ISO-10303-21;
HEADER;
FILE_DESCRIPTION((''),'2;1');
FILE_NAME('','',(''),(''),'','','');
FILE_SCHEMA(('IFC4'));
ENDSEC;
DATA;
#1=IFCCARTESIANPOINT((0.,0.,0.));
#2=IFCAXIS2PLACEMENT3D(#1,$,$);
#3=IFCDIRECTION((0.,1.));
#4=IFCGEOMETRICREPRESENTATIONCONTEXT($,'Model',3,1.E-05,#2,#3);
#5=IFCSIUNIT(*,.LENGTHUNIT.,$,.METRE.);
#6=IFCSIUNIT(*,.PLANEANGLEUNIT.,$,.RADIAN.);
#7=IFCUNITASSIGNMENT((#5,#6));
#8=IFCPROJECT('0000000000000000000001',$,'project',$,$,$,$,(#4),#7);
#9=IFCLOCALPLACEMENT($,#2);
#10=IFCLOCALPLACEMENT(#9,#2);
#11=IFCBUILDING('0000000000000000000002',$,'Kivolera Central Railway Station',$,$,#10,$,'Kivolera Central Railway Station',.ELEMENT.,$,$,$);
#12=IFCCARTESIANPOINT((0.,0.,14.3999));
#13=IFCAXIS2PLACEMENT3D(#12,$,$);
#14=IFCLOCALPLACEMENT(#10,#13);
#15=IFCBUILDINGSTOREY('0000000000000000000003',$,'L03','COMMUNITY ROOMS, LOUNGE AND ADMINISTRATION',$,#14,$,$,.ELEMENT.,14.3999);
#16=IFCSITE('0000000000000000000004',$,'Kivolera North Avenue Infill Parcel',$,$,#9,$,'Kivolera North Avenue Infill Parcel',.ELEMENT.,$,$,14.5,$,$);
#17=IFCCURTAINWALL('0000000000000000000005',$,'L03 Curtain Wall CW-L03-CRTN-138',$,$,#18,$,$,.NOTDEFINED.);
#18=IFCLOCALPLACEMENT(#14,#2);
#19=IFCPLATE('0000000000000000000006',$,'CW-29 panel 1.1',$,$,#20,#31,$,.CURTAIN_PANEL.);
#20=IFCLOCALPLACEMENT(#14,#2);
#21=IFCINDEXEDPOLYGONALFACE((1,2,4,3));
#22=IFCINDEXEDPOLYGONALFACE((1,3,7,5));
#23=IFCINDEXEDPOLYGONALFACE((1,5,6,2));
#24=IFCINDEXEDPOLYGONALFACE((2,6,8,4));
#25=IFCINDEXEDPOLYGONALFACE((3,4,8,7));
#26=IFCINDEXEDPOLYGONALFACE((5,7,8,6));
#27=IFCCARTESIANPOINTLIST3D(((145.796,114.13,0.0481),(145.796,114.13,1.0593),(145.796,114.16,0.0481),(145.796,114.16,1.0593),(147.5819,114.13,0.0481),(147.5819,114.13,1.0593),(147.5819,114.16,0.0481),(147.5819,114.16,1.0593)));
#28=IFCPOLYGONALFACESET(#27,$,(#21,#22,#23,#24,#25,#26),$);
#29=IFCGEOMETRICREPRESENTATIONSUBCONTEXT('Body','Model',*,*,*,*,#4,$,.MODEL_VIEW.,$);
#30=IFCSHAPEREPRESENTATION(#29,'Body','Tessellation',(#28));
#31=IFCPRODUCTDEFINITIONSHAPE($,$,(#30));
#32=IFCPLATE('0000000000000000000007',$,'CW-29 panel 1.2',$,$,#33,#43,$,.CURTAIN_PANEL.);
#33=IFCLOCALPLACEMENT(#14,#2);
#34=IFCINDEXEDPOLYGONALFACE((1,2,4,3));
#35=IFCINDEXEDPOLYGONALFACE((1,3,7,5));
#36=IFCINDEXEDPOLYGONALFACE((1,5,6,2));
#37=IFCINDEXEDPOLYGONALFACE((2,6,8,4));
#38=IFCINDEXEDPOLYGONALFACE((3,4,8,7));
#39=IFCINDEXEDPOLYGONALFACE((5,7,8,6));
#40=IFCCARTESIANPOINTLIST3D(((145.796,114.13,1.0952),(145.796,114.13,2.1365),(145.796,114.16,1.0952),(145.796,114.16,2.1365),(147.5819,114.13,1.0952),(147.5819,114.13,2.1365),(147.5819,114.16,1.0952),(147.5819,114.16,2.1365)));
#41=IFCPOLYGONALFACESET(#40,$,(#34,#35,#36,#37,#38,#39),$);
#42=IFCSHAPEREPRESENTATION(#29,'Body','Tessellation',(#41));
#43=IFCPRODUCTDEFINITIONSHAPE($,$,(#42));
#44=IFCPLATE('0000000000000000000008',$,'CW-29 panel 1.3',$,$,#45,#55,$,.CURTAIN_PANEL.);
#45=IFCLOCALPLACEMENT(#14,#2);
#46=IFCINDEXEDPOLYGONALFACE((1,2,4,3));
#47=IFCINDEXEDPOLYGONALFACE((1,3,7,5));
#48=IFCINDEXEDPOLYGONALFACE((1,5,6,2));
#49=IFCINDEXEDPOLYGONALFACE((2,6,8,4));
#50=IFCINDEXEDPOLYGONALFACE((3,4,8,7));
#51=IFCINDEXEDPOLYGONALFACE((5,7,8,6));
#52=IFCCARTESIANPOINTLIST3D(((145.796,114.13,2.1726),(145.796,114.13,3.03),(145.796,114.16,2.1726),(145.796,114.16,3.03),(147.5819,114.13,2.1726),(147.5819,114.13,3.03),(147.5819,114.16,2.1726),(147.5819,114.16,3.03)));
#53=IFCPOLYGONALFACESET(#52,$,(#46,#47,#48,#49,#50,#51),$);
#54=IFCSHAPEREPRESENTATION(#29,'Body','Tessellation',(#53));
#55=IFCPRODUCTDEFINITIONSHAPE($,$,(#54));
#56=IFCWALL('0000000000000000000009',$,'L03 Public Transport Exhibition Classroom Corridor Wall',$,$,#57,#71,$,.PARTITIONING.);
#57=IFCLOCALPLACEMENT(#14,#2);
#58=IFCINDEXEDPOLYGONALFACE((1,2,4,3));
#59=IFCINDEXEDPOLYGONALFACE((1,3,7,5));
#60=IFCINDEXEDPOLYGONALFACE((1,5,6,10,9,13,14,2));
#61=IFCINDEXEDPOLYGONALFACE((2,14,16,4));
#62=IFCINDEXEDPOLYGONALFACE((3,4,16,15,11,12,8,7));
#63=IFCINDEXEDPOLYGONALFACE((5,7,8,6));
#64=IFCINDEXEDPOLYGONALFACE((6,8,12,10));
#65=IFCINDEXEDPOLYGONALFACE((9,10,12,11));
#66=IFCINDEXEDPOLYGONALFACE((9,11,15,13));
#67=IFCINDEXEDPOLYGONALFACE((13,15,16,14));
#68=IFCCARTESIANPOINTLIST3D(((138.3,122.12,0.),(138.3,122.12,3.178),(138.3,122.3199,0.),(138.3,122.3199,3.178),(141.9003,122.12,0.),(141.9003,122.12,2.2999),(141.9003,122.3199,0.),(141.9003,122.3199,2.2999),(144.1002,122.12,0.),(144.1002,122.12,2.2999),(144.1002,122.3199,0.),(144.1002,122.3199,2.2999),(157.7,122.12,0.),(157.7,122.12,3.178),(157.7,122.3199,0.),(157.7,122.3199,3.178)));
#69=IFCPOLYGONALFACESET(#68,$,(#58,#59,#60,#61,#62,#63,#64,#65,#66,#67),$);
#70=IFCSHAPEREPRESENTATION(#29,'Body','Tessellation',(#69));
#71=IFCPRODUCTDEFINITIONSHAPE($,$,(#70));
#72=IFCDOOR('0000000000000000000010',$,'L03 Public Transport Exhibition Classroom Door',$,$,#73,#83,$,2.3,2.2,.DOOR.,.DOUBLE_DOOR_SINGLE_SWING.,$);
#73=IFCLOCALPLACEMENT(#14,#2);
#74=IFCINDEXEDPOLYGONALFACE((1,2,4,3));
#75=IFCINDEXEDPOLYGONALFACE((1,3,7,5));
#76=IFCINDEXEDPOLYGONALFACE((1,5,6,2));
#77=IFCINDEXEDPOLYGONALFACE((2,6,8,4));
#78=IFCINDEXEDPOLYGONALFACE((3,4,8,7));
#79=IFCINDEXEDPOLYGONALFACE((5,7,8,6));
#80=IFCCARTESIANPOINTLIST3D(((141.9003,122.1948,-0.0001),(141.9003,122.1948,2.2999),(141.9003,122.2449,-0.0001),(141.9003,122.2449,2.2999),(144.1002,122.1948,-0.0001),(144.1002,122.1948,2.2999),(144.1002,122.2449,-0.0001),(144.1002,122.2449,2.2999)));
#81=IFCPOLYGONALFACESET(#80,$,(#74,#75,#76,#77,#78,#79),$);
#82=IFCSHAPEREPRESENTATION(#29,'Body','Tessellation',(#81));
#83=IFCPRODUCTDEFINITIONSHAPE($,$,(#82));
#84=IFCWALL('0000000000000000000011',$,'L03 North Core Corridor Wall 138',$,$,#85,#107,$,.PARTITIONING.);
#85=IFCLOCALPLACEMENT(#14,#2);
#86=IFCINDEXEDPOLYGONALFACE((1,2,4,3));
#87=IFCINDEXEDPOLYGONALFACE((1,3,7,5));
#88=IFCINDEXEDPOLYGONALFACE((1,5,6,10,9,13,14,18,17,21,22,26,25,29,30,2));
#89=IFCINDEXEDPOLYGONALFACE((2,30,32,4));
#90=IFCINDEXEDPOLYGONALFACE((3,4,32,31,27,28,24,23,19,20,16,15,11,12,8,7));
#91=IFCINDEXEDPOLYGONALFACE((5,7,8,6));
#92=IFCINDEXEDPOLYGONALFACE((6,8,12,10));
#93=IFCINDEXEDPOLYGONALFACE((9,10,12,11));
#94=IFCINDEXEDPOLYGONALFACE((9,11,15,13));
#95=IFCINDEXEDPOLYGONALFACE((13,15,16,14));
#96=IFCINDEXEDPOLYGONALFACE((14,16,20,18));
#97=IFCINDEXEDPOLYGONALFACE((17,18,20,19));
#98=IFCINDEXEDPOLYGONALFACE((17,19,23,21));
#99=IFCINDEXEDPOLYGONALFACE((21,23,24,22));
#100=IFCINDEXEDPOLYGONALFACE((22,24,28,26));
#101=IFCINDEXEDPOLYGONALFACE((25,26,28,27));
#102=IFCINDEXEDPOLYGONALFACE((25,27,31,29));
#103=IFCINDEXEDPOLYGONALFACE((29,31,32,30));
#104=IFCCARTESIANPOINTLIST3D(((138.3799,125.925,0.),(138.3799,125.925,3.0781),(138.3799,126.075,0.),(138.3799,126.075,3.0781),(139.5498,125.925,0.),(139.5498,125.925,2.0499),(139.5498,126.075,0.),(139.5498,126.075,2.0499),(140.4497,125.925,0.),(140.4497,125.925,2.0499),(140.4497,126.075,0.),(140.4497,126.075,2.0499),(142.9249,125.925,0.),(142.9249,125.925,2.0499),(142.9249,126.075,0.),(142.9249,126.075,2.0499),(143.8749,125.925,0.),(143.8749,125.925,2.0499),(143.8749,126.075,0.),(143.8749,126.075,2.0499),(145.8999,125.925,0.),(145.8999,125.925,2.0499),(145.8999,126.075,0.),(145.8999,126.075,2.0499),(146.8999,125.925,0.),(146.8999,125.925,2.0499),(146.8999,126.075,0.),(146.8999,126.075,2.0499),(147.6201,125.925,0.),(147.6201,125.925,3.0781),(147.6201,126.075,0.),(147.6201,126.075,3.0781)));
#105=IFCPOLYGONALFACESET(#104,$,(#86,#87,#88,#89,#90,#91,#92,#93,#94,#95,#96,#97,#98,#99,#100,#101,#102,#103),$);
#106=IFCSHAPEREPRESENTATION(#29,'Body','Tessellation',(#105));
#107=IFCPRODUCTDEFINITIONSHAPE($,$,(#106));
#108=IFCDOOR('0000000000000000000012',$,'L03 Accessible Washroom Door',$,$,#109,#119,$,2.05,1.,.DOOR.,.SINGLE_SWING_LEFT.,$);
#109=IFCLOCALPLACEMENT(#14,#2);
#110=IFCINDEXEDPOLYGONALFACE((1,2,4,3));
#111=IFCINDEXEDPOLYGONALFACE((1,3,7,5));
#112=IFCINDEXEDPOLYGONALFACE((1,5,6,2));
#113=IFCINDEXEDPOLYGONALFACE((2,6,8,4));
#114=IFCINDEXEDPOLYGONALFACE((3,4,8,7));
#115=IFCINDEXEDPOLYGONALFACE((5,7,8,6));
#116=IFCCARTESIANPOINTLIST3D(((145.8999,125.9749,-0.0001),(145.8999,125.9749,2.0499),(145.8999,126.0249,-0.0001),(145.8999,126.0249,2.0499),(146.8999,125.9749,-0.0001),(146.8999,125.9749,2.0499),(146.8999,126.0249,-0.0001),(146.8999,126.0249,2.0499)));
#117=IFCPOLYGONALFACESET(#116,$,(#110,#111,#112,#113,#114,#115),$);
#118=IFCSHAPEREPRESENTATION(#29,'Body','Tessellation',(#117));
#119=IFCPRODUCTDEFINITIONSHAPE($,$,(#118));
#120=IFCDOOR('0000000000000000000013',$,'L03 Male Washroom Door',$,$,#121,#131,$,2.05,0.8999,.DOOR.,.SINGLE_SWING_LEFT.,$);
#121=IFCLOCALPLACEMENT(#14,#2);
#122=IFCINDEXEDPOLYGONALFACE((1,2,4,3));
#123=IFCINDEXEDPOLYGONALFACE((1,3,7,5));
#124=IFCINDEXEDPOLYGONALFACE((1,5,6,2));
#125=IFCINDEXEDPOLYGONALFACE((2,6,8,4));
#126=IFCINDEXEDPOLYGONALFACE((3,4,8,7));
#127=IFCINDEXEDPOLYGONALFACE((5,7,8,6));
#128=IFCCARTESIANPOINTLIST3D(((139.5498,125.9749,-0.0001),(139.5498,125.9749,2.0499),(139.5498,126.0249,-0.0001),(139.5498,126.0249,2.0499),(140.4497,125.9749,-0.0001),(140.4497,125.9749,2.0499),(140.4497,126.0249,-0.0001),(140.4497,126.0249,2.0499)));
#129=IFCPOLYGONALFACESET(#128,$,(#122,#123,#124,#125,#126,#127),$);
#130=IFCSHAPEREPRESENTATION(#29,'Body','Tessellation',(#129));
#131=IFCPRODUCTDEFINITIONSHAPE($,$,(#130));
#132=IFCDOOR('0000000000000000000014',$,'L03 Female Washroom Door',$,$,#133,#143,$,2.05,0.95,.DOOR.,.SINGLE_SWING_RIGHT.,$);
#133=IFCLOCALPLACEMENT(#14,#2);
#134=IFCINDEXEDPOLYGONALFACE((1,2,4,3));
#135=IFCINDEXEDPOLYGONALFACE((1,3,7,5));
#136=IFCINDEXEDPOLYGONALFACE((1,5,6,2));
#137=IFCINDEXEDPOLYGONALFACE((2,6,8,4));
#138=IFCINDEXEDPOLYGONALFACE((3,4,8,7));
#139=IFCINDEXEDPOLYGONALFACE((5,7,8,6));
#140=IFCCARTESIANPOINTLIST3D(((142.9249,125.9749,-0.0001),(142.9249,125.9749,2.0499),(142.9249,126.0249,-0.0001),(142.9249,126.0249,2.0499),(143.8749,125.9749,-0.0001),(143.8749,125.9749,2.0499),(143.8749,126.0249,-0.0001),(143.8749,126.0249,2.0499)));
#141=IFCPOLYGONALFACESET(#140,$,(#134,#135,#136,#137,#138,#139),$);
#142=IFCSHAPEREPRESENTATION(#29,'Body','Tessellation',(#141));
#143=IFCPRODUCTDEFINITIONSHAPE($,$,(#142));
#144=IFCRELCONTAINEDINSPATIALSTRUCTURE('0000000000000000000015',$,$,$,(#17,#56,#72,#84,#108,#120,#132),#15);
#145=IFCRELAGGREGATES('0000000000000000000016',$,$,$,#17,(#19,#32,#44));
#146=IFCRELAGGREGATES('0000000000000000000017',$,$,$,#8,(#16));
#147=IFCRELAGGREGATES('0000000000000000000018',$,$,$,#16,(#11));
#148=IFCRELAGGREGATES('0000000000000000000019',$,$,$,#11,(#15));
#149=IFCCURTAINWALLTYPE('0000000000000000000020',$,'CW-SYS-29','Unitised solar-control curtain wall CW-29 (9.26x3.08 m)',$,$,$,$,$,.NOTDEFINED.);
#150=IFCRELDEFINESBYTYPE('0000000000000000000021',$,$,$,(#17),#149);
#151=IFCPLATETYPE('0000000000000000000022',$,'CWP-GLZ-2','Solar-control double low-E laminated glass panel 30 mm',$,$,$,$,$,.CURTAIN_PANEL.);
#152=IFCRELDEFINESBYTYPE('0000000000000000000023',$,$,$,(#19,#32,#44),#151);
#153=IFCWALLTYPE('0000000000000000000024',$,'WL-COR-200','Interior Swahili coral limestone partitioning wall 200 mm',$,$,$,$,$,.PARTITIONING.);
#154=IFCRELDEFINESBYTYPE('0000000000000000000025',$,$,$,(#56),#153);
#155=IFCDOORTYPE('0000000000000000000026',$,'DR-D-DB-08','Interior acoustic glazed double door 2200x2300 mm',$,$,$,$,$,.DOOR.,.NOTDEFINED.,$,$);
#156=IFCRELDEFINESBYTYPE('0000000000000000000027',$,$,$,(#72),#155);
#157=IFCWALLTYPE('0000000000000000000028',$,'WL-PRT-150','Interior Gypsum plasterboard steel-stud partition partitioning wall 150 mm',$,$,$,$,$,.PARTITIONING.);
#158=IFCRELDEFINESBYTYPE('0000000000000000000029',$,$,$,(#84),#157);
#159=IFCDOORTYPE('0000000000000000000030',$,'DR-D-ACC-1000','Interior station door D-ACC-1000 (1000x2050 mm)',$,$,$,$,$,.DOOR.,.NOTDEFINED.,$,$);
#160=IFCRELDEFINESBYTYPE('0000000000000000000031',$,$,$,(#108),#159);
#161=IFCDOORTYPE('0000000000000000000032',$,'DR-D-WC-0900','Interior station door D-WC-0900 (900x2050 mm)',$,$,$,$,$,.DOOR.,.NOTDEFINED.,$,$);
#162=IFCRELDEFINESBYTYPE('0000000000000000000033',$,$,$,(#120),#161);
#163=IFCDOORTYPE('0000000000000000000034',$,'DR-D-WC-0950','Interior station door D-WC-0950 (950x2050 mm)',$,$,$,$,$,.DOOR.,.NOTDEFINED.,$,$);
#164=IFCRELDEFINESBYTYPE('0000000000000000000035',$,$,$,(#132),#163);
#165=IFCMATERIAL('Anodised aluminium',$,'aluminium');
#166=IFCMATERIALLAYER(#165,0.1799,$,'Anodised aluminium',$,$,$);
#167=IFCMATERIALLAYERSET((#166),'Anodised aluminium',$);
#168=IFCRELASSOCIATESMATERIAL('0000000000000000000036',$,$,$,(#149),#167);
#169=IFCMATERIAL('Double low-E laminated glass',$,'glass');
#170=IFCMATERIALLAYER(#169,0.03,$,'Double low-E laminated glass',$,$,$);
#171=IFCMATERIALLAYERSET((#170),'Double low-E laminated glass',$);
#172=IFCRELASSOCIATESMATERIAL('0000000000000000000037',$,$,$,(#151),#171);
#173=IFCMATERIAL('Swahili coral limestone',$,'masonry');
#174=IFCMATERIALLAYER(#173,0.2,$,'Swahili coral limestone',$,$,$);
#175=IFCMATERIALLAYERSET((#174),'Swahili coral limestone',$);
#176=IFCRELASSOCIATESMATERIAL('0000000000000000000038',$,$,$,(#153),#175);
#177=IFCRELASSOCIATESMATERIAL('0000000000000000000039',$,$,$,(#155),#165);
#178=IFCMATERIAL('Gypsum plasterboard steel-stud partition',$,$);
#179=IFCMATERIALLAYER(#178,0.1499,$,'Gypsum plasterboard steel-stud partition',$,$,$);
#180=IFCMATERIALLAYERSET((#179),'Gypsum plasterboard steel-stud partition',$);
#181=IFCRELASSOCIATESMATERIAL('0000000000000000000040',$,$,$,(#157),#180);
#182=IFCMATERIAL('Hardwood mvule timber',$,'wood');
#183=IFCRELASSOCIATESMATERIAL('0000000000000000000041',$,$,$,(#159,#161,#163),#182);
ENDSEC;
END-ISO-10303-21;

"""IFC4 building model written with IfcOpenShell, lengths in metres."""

from ifc_helpers import new_model, si_unit, direction, frame, frame_2d, origin, origin_2d, place, context, subcontext, project, spatial, rectangle, extrude, material, layer, layer_set, type_object, element, fill, aggregate, save


model = new_model("IFC4")

# Units and contexts
model_context = context("Model", 3, precision=1e-05, world=origin(), true_north=direction((0.0, 1.0)))
body_context = subcontext(model_context, "Body", "Model", "MODEL_VIEW")
ifc_project = project(units=[si_unit("LENGTHUNIT", "METRE"), si_unit("PLANEANGLEUNIT", "RADIAN")], contexts=[model_context])

# Site, building, storey
site_placement = place(None, origin())
site = spatial("IfcSite", under=ifc_project, at=site_placement, Name="Kivolera North Avenue Infill Parcel", LongName="Kivolera North Avenue Infill Parcel", CompositionType="ELEMENT", RefElevation=14.5)
building_placement = place(site_placement, origin())
building = spatial("IfcBuilding", under=site, at=building_placement, Name="Kivolera Central Railway Station", LongName="Kivolera Central Railway Station", CompositionType="ELEMENT")
storey_placement = place(building_placement, frame((0.0, 0.0, 14.3999)))
storey = spatial("IfcBuildingStorey", under=building, at=storey_placement, Name="L03", Description="COMMUNITY ROOMS, LOUNGE AND ADMINISTRATION", CompositionType="ELEMENT", Elevation=14.3999)

# Curtain wall
ifc_material_1 = material(Name="Anodised aluminium", Category="aluminium")
ifc_layer_1 = layer(ifc_material_1, 0.1799, Name="Anodised aluminium")
ifc_layer_set_1 = layer_set([ifc_layer_1], Name="Anodised aluminium")
curtain_wall_type = type_object("IfcCurtainWallType", Name="CW-SYS-29", Description="Unitised solar-control curtain wall CW-29 (9.26x3.08 m)", PredefinedType="NOTDEFINED", material=ifc_layer_set_1)
curtain_wall_1_placement = place(storey_placement, origin())
curtain_wall_1 = element("IfcCurtainWall", 1, at=curtain_wall_1_placement, inside=storey, type_object=curtain_wall_type, Name="L03 Curtain Wall CW-L03-CRTN-138", PredefinedType="NOTDEFINED")

# Plates
ifc_material_2 = material(Name="Double low-E laminated glass", Category="glass")
ifc_layer_2 = layer(ifc_material_2, 0.03, Name="Double low-E laminated glass")
ifc_layer_set_2 = layer_set([ifc_layer_2], Name="Double low-E laminated glass")
plate_type = type_object("IfcPlateType", Name="CWP-GLZ-2", Description="Solar-control double low-E laminated glass panel 30 mm", PredefinedType="CURTAIN_PANEL", material=ifc_layer_set_2)
plate_1_placement = place(storey_placement, frame((146.689, 114.145, 0.0481), z_axis=(0.0, 0.0, 1.0), x_axis=(-1.0, 0.0, 0.0)))
plate_1 = element("IfcPlate", 2, at=plate_1_placement, type_object=plate_type, Name="CW-29 panel 1.1", PredefinedType="CURTAIN_PANEL", context=body_context, shape_type="SweptSolid", body=[
    extrude(rectangle(XDim=1.7859, YDim=0.03, at=origin_2d()), origin(), (0.0, 0.0, 1.0), 1.0112),
])
plate_2_placement = place(storey_placement, frame((146.689, 114.145, 1.0952), z_axis=(0.0, 0.0, 1.0), x_axis=(-1.0, 0.0, 0.0)))
plate_2 = element("IfcPlate", 3, at=plate_2_placement, type_object=plate_type, Name="CW-29 panel 1.2", PredefinedType="CURTAIN_PANEL", context=body_context, shape_type="SweptSolid", body=[
    extrude(rectangle(XDim=1.7859, YDim=0.03, at=origin_2d()), origin(), (0.0, 0.0, 1.0), 1.0413),
])
plate_3_placement = place(storey_placement, frame((146.689, 114.145, 2.1726), z_axis=(0.0, 0.0, 1.0), x_axis=(-1.0, 0.0, 0.0)))
plate_3 = element("IfcPlate", 4, at=plate_3_placement, type_object=plate_type, Name="CW-29 panel 1.3", PredefinedType="CURTAIN_PANEL", context=body_context, shape_type="SweptSolid", body=[
    extrude(rectangle(XDim=1.7859, YDim=0.03, at=origin_2d()), origin(), (0.0, 0.0, 1.0), 0.8574),
])
aggregate(curtain_wall_1, [plate_1, plate_2, plate_3])

# Wall, opening, door
ifc_material_3 = material(Name="Swahili coral limestone", Category="masonry")
ifc_layer_3 = layer(ifc_material_3, 0.2, Name="Swahili coral limestone")
ifc_layer_set_3 = layer_set([ifc_layer_3], Name="Swahili coral limestone")
wall_type_1 = type_object("IfcWallType", Name="WL-COR-200", Description="Interior Swahili coral limestone partitioning wall 200 mm", PredefinedType="PARTITIONING", material=ifc_layer_set_3)
wall_1_placement = place(storey_placement, frame((138.3, 122.22, 0.0), z_axis=(0.0, 0.0, 1.0), x_axis=(1.0, 0.0, 0.0)))
wall_1 = element("IfcWall", 5, at=wall_1_placement, inside=storey, type_object=wall_type_1, Name="L03 Public Transport Exhibition Classroom Corridor Wall", PredefinedType="PARTITIONING", context=body_context, shape_type="SweptSolid", body=[
    extrude(rectangle(XDim=19.3999, YDim=0.2, at=frame_2d((9.7, 0.0))), origin(), (0.0, 0.0, 1.0), 3.178),
])
opening_1_placement = place(wall_1_placement, frame((3.6001, 0.0, 0.0)))
opening_1 = element("IfcOpeningElement", 6, at=opening_1_placement, cuts=wall_1, PredefinedType="OPENING", context=body_context, shape_type="SweptSolid", body=[
    extrude(rectangle(XDim=2.2, YDim=2.3, at=frame_2d((1.1001, 1.1499))), frame((0.0, 0.1099, 0.0), z_axis=(0.0, -1.0, 0.0), x_axis=(1.0, 0.0, 0.0)), (0.0, 0.0, 1.0), 0.22),
])
door_type_1 = type_object("IfcDoorType", Name="DR-D-DB-08", Description="Interior acoustic glazed double door 2200x2300 mm", OperationType="NOTDEFINED", PredefinedType="DOOR", material=ifc_material_1)
door_1_placement = place(opening_1_placement, origin())
door_1 = element("IfcDoor", 7, at=door_1_placement, inside=storey, type_object=door_type_1, Name="L03 Public Transport Exhibition Classroom Door", OperationType="DOUBLE_DOOR_SINGLE_SWING", OverallHeight=2.3, OverallWidth=2.2, PredefinedType="DOOR", context=body_context, shape_type="SweptSolid", body=[
    extrude(rectangle(XDim=2.2, YDim=2.3, at=frame_2d((1.1001, 1.1499))), frame((0.0, 0.0249, 0.0), z_axis=(0.0, -1.0, 0.0), x_axis=(1.0, 0.0, 0.0)), (0.0, 0.0, 1.0), 0.05),
])
fill(opening_1, door_1)

# Wall, openings, doors
ifc_material_4 = material(Name="Gypsum plasterboard steel-stud partition")
ifc_layer_4 = layer(ifc_material_4, 0.1499, Name="Gypsum plasterboard steel-stud partition")
ifc_layer_set_4 = layer_set([ifc_layer_4], Name="Gypsum plasterboard steel-stud partition")
wall_type_2 = type_object("IfcWallType", Name="WL-PRT-150", Description="Interior Gypsum plasterboard steel-stud partition partitioning wall 150 mm", PredefinedType="PARTITIONING", material=ifc_layer_set_4)
wall_2_placement = place(storey_placement, frame((138.3799, 126.0, 0.0), z_axis=(0.0, 0.0, 1.0), x_axis=(1.0, 0.0, 0.0)))
wall_2 = element("IfcWall", 8, at=wall_2_placement, inside=storey, type_object=wall_type_2, Name="L03 North Core Corridor Wall 138", PredefinedType="PARTITIONING", context=body_context, shape_type="SweptSolid", body=[
    extrude(rectangle(XDim=9.2402, YDim=0.1499, at=frame_2d((4.6201, 0.0))), origin(), (0.0, 0.0, 1.0), 3.0781),
])
opening_2_placement = place(wall_2_placement, frame((1.1699, 0.0, 0.0)))
opening_2 = element("IfcOpeningElement", 9, at=opening_2_placement, cuts=wall_2, PredefinedType="OPENING", context=body_context, shape_type="SweptSolid", body=[
    extrude(rectangle(XDim=0.8999, YDim=2.05, at=frame_2d((0.45, 1.0249))), frame((0.0, 0.085, 0.0), z_axis=(0.0, -1.0, 0.0), x_axis=(1.0, 0.0, 0.0)), (0.0, 0.0, 1.0), 0.1699),
])
opening_3_placement = place(wall_2_placement, frame((4.5449, 0.0, 0.0)))
opening_3 = element("IfcOpeningElement", 10, at=opening_3_placement, cuts=wall_2, PredefinedType="OPENING", context=body_context, shape_type="SweptSolid", body=[
    extrude(rectangle(XDim=0.95, YDim=2.05, at=frame_2d((0.4751, 1.0249))), frame((0.0, 0.085, 0.0), z_axis=(0.0, -1.0, 0.0), x_axis=(1.0, 0.0, 0.0)), (0.0, 0.0, 1.0), 0.1699),
])
opening_4_placement = place(wall_2_placement, frame((7.52, 0.0, 0.0)))
opening_4 = element("IfcOpeningElement", 11, at=opening_4_placement, cuts=wall_2, PredefinedType="OPENING", context=body_context, shape_type="SweptSolid", body=[
    extrude(rectangle(XDim=1.0, YDim=2.05, at=frame_2d((0.5, 1.0249))), frame((0.0, 0.085, 0.0), z_axis=(0.0, -1.0, 0.0), x_axis=(1.0, 0.0, 0.0)), (0.0, 0.0, 1.0), 0.1699),
])
ifc_material_5 = material(Name="Hardwood mvule timber", Category="wood")
door_type_2 = type_object("IfcDoorType", Name="DR-D-ACC-1000", Description="Interior station door D-ACC-1000 (1000x2050 mm)", OperationType="NOTDEFINED", PredefinedType="DOOR", material=ifc_material_5)
door_2_placement = place(opening_4_placement, origin())
door_2 = element("IfcDoor", 12, at=door_2_placement, inside=storey, type_object=door_type_2, Name="L03 Accessible Washroom Door", OperationType="SINGLE_SWING_LEFT", OverallHeight=2.05, OverallWidth=1.0, PredefinedType="DOOR", context=body_context, shape_type="SweptSolid", body=[
    extrude(rectangle(XDim=1.0, YDim=2.05, at=frame_2d((0.5, 1.0249))), frame((0.0, 0.0249, 0.0), z_axis=(0.0, -1.0, 0.0), x_axis=(1.0, 0.0, 0.0)), (0.0, 0.0, 1.0), 0.05),
])
fill(opening_4, door_2)
door_type_3 = type_object("IfcDoorType", Name="DR-D-WC-0900", Description="Interior station door D-WC-0900 (900x2050 mm)", OperationType="NOTDEFINED", PredefinedType="DOOR", material=ifc_material_5)
door_3_placement = place(opening_2_placement, origin())
door_3 = element("IfcDoor", 13, at=door_3_placement, inside=storey, type_object=door_type_3, Name="L03 Male Washroom Door", OperationType="SINGLE_SWING_LEFT", OverallHeight=2.05, OverallWidth=0.8999, PredefinedType="DOOR", context=body_context, shape_type="SweptSolid", body=[
    extrude(rectangle(XDim=0.8999, YDim=2.05, at=frame_2d((0.45, 1.0249))), frame((0.0, 0.0249, 0.0), z_axis=(0.0, -1.0, 0.0), x_axis=(1.0, 0.0, 0.0)), (0.0, 0.0, 1.0), 0.05),
])
fill(opening_2, door_3)
door_type_4 = type_object("IfcDoorType", Name="DR-D-WC-0950", Description="Interior station door D-WC-0950 (950x2050 mm)", OperationType="NOTDEFINED", PredefinedType="DOOR", material=ifc_material_5)
door_4_placement = place(opening_3_placement, origin())
door_4 = element("IfcDoor", 14, at=door_4_placement, inside=storey, type_object=door_type_4, Name="L03 Female Washroom Door", OperationType="SINGLE_SWING_RIGHT", OverallHeight=2.05, OverallWidth=0.95, PredefinedType="DOOR", context=body_context, shape_type="SweptSolid", body=[
    extrude(rectangle(XDim=0.95, YDim=2.05, at=frame_2d((0.4751, 1.0249))), frame((0.0, 0.0249, 0.0), z_axis=(0.0, -1.0, 0.0), x_axis=(1.0, 0.0, 0.0)), (0.0, 0.0, 1.0), 0.05),
])
fill(opening_3, door_4)

save(model, "model.ifc")
